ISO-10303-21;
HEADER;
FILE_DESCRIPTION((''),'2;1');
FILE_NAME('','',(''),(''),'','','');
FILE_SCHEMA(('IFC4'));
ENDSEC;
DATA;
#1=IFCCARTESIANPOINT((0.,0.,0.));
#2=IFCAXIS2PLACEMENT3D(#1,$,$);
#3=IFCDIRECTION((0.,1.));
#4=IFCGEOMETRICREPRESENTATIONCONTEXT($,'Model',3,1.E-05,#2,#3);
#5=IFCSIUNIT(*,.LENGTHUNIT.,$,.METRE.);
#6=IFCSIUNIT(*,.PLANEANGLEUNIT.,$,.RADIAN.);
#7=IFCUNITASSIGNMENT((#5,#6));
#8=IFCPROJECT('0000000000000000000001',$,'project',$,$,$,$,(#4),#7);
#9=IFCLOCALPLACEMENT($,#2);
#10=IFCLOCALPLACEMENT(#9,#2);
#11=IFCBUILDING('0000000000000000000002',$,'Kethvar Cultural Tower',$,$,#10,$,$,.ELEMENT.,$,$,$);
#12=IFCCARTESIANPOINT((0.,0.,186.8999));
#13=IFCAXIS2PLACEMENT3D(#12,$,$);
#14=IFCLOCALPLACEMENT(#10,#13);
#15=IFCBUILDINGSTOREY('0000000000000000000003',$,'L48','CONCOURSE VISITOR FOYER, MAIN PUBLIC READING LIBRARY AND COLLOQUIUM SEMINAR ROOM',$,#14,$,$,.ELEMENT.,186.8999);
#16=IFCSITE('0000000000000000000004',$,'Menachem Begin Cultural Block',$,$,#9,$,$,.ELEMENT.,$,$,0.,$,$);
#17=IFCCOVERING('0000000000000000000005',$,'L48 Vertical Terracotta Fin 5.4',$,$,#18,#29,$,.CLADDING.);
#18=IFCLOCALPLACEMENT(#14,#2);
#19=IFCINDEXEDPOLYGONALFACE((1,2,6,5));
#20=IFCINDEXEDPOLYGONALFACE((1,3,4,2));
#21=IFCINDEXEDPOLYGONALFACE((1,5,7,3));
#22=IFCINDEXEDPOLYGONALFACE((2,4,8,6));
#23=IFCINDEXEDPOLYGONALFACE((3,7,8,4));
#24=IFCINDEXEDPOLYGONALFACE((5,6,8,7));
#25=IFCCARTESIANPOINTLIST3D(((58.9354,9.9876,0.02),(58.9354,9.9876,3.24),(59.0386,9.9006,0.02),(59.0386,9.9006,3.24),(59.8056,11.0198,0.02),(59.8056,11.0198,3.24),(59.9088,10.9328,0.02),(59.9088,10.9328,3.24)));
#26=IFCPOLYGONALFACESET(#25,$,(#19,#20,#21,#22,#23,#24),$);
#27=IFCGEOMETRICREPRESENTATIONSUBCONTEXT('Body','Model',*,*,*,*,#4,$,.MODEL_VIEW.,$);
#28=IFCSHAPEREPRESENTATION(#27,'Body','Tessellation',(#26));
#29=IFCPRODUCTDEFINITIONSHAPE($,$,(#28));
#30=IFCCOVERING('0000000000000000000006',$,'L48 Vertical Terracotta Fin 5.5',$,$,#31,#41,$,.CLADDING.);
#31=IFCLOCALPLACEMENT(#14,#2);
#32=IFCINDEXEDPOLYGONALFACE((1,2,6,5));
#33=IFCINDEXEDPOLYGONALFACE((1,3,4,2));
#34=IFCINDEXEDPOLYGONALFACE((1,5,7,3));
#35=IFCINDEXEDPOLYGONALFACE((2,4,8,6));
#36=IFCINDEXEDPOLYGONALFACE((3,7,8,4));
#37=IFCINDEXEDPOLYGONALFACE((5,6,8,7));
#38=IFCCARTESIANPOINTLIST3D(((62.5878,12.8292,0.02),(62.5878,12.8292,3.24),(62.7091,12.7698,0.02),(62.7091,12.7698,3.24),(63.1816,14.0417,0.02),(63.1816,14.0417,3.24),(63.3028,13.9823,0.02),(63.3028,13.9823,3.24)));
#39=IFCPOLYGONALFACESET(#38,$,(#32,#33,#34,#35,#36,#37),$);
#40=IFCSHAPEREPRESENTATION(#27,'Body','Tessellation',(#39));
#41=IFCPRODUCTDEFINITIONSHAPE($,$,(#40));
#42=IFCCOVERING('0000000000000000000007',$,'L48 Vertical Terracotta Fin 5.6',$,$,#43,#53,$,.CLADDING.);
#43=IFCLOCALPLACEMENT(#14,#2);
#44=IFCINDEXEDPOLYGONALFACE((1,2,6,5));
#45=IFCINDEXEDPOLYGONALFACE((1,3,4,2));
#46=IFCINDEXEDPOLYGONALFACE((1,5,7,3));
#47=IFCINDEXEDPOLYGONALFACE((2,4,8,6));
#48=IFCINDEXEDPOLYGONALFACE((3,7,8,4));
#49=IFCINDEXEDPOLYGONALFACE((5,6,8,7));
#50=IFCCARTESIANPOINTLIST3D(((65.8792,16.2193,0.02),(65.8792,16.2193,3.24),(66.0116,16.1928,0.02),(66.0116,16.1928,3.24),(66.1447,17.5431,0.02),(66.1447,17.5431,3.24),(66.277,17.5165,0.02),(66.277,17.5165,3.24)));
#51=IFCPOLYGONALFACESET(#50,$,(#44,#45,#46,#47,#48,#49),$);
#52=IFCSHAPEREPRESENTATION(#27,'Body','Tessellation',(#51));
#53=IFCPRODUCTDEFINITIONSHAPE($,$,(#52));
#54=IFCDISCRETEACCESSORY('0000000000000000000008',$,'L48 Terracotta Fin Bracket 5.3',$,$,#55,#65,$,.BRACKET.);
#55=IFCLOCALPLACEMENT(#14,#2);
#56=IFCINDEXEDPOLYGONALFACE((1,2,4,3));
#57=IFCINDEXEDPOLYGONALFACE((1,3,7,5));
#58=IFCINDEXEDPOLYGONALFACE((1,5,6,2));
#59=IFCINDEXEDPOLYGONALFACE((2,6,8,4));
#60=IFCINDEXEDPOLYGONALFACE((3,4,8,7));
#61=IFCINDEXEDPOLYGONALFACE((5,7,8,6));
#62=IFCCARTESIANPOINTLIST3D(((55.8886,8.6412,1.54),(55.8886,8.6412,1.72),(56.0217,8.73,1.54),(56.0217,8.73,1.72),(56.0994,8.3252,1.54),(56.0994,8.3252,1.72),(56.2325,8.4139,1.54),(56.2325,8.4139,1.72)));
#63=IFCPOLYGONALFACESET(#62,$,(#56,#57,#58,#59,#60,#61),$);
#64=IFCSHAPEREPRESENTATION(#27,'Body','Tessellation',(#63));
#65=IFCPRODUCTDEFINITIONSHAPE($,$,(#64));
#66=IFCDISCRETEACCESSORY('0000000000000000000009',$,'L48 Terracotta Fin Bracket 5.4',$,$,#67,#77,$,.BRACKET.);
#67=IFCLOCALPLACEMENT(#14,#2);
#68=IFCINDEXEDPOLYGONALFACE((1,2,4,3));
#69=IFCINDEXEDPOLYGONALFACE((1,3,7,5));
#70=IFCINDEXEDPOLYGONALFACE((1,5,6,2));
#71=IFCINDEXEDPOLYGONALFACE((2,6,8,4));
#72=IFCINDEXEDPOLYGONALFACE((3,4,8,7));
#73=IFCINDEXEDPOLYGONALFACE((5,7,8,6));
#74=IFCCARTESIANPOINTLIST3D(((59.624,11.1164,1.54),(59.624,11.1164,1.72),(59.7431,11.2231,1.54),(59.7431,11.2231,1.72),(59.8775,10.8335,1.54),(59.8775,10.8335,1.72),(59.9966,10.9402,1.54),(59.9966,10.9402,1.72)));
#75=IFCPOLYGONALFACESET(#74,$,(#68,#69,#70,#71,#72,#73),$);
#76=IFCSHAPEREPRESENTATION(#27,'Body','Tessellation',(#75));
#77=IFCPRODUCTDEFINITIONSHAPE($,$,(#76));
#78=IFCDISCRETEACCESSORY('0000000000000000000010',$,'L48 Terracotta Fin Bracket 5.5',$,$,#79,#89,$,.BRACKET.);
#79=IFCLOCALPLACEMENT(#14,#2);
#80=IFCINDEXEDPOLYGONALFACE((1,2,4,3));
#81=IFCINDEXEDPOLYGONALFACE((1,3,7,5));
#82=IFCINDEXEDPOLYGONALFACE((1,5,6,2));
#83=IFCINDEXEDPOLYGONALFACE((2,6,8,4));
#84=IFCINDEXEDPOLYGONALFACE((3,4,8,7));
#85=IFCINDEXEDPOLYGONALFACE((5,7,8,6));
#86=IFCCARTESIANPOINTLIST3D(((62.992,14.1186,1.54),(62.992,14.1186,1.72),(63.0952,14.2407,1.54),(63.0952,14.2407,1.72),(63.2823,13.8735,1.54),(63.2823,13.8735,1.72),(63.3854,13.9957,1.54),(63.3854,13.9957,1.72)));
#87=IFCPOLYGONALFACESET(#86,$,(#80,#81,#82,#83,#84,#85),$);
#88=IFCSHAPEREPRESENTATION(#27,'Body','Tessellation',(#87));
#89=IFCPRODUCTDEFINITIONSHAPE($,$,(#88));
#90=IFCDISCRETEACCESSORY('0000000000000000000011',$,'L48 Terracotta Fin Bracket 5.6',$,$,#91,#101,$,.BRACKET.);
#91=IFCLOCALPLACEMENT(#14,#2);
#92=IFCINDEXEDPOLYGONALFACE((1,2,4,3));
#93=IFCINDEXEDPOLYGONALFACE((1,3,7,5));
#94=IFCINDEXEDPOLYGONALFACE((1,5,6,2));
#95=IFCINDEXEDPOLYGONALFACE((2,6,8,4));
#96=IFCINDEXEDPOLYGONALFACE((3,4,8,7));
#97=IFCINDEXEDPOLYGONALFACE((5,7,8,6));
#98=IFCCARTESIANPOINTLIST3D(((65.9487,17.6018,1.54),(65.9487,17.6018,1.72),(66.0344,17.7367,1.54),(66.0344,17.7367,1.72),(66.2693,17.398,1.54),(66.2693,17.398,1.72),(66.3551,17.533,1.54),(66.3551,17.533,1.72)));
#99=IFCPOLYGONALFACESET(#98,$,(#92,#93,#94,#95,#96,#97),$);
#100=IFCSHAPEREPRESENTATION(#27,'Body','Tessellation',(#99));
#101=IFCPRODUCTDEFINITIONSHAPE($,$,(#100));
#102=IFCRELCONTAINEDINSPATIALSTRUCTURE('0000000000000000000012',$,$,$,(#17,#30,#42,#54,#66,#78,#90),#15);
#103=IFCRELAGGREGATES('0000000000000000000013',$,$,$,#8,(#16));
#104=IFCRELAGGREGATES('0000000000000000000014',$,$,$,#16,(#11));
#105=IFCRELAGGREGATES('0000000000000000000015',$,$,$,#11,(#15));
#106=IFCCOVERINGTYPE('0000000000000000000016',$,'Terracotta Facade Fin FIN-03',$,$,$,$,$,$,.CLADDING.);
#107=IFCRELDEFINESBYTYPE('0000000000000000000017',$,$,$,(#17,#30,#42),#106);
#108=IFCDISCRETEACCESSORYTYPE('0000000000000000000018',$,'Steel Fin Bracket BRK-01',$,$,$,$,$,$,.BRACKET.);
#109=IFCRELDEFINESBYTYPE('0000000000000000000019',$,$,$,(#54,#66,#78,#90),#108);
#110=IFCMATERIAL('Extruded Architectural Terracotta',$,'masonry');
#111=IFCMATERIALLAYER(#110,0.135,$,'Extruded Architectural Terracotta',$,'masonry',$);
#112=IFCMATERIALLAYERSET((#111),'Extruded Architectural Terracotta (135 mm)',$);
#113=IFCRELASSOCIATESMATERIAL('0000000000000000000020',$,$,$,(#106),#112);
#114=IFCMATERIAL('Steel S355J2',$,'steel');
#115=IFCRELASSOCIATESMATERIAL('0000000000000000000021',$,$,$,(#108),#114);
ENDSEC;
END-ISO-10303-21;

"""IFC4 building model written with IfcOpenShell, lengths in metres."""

from ifc_helpers import new_model, si_unit, direction, frame, origin, origin_2d, place, context, subcontext, project, spatial, rectangle, extrude, source, transform, mapped, material, layer, layer_set, type_object, element, save


model = new_model("IFC4")

# Units and contexts
model_context = context("Model", 3, precision=1e-05, world=origin(), true_north=direction((0.0, 1.0)))
body_context = subcontext(model_context, "Body", "Model", "MODEL_VIEW")
ifc_project = project(units=[si_unit("LENGTHUNIT", "METRE"), si_unit("PLANEANGLEUNIT", "RADIAN")], contexts=[model_context])

# Site, building, storey
site_placement = place(None, origin())
site = spatial("IfcSite", under=ifc_project, at=site_placement, Name="Menachem Begin Cultural Block", CompositionType="ELEMENT", RefElevation=0.0)
building_placement = place(site_placement, origin())
building = spatial("IfcBuilding", under=site, at=building_placement, Name="Kethvar Cultural Tower", CompositionType="ELEMENT")
storey_placement = place(building_placement, frame((0.0, 0.0, 186.8999)))
storey = spatial("IfcBuildingStorey", under=building, at=storey_placement, Name="L48", Description="CONCOURSE VISITOR FOYER, MAIN PUBLIC READING LIBRARY AND COLLOQUIUM SEMINAR ROOM", CompositionType="ELEMENT", Elevation=186.8999)

# Shared definitions
ifc_material_1 = material(Name="Steel S355J2", Category="steel")

# Coverings
ifc_material_2 = material(Name="Extruded Architectural Terracotta", Category="masonry")
ifc_layer_1 = layer(ifc_material_2, 0.135, Name="Extruded Architectural Terracotta", Category="masonry")
ifc_layer_set_1 = layer_set([ifc_layer_1], Name="Extruded Architectural Terracotta (135 mm)")
covering_type = type_object("IfcCoveringType", Name="Terracotta Facade Fin FIN-03", PredefinedType="CLADDING", material=ifc_layer_set_1)
shared_shape_1 = source(origin(), body_context, "Body", "SweptSolid", [
    extrude(rectangle(XDim=1.3501, YDim=0.135, at=origin_2d()), origin(), (0.0, 0.0, 1.0), 3.22),
])
for number, where, z_axis, x_axis, name in (
    (1, (59.4221, 10.4602, 0.02), (0.0, 0.0, 1.0), (-0.644524, -0.764584, 0.0), "L48 Vertical Terracotta Fin 5.4"),
    (2, (62.9453, 13.4058, 0.02), (0.0, 0.0, 1.0), (-0.439782, -0.898104, 0.0), "L48 Vertical Terracotta Fin 5.5"),
    (3, (66.0781, 16.8679, 0.02), (0.0, 0.0, 1.0), (-0.196631, -0.980478, 0.0), "L48 Vertical Terracotta Fin 5.6"),
):
    element("IfcCovering", number, at=place(storey_placement, frame(where, z_axis=z_axis, x_axis=x_axis)), inside=storey, type_object=covering_type, Name=name, PredefinedType="CLADDING", context=body_context, shape_type="MappedRepresentation", body=[
        mapped(shared_shape_1, transform((0.0, 0.0, 0.0), scale=1.0)),
    ])

# Discrete accessories
discrete_accessory_type = type_object("IfcDiscreteAccessoryType", Name="Steel Fin Bracket BRK-01", PredefinedType="BRACKET", material=ifc_material_1)
shared_shape_2 = source(origin(), body_context, "Body", "SweptSolid", [
    extrude(rectangle(XDim=0.3799, YDim=0.1599, at=origin_2d()), origin(), (0.0, 0.0, 1.0), 0.1799),
])
for number, where, z_axis, x_axis, name in (
    (4, (56.0605, 8.5276, 1.54), (0.0, 0.0, 1.0), (0.554844, -0.831954, 0.0), "L48 Terracotta Fin Bracket 5.3"),
    (5, (59.8103, 11.0283, 1.54), (0.0, 0.0, 1.0), (0.667443, -0.744661, 0.0), "L48 Terracotta Fin Bracket 5.4"),
    (6, (63.1887, 14.0571, 1.54), (0.0, 0.0, 1.0), (0.764134, -0.645058, 0.0), "L48 Terracotta Fin Bracket 5.5"),
    (7, (66.1519, 17.5674, 1.54), (0.0, 0.0, 1.0), (0.844047, -0.536269, 0.0), "L48 Terracotta Fin Bracket 5.6"),
):
    element("IfcDiscreteAccessory", number, at=place(storey_placement, frame(where, z_axis=z_axis, x_axis=x_axis)), inside=storey, type_object=discrete_accessory_type, Name=name, PredefinedType="BRACKET", context=body_context, shape_type="MappedRepresentation", body=[
        mapped(shared_shape_2, transform((0.0, 0.0, 0.0), scale=1.0)),
    ])

save(model, "model.ifc")
